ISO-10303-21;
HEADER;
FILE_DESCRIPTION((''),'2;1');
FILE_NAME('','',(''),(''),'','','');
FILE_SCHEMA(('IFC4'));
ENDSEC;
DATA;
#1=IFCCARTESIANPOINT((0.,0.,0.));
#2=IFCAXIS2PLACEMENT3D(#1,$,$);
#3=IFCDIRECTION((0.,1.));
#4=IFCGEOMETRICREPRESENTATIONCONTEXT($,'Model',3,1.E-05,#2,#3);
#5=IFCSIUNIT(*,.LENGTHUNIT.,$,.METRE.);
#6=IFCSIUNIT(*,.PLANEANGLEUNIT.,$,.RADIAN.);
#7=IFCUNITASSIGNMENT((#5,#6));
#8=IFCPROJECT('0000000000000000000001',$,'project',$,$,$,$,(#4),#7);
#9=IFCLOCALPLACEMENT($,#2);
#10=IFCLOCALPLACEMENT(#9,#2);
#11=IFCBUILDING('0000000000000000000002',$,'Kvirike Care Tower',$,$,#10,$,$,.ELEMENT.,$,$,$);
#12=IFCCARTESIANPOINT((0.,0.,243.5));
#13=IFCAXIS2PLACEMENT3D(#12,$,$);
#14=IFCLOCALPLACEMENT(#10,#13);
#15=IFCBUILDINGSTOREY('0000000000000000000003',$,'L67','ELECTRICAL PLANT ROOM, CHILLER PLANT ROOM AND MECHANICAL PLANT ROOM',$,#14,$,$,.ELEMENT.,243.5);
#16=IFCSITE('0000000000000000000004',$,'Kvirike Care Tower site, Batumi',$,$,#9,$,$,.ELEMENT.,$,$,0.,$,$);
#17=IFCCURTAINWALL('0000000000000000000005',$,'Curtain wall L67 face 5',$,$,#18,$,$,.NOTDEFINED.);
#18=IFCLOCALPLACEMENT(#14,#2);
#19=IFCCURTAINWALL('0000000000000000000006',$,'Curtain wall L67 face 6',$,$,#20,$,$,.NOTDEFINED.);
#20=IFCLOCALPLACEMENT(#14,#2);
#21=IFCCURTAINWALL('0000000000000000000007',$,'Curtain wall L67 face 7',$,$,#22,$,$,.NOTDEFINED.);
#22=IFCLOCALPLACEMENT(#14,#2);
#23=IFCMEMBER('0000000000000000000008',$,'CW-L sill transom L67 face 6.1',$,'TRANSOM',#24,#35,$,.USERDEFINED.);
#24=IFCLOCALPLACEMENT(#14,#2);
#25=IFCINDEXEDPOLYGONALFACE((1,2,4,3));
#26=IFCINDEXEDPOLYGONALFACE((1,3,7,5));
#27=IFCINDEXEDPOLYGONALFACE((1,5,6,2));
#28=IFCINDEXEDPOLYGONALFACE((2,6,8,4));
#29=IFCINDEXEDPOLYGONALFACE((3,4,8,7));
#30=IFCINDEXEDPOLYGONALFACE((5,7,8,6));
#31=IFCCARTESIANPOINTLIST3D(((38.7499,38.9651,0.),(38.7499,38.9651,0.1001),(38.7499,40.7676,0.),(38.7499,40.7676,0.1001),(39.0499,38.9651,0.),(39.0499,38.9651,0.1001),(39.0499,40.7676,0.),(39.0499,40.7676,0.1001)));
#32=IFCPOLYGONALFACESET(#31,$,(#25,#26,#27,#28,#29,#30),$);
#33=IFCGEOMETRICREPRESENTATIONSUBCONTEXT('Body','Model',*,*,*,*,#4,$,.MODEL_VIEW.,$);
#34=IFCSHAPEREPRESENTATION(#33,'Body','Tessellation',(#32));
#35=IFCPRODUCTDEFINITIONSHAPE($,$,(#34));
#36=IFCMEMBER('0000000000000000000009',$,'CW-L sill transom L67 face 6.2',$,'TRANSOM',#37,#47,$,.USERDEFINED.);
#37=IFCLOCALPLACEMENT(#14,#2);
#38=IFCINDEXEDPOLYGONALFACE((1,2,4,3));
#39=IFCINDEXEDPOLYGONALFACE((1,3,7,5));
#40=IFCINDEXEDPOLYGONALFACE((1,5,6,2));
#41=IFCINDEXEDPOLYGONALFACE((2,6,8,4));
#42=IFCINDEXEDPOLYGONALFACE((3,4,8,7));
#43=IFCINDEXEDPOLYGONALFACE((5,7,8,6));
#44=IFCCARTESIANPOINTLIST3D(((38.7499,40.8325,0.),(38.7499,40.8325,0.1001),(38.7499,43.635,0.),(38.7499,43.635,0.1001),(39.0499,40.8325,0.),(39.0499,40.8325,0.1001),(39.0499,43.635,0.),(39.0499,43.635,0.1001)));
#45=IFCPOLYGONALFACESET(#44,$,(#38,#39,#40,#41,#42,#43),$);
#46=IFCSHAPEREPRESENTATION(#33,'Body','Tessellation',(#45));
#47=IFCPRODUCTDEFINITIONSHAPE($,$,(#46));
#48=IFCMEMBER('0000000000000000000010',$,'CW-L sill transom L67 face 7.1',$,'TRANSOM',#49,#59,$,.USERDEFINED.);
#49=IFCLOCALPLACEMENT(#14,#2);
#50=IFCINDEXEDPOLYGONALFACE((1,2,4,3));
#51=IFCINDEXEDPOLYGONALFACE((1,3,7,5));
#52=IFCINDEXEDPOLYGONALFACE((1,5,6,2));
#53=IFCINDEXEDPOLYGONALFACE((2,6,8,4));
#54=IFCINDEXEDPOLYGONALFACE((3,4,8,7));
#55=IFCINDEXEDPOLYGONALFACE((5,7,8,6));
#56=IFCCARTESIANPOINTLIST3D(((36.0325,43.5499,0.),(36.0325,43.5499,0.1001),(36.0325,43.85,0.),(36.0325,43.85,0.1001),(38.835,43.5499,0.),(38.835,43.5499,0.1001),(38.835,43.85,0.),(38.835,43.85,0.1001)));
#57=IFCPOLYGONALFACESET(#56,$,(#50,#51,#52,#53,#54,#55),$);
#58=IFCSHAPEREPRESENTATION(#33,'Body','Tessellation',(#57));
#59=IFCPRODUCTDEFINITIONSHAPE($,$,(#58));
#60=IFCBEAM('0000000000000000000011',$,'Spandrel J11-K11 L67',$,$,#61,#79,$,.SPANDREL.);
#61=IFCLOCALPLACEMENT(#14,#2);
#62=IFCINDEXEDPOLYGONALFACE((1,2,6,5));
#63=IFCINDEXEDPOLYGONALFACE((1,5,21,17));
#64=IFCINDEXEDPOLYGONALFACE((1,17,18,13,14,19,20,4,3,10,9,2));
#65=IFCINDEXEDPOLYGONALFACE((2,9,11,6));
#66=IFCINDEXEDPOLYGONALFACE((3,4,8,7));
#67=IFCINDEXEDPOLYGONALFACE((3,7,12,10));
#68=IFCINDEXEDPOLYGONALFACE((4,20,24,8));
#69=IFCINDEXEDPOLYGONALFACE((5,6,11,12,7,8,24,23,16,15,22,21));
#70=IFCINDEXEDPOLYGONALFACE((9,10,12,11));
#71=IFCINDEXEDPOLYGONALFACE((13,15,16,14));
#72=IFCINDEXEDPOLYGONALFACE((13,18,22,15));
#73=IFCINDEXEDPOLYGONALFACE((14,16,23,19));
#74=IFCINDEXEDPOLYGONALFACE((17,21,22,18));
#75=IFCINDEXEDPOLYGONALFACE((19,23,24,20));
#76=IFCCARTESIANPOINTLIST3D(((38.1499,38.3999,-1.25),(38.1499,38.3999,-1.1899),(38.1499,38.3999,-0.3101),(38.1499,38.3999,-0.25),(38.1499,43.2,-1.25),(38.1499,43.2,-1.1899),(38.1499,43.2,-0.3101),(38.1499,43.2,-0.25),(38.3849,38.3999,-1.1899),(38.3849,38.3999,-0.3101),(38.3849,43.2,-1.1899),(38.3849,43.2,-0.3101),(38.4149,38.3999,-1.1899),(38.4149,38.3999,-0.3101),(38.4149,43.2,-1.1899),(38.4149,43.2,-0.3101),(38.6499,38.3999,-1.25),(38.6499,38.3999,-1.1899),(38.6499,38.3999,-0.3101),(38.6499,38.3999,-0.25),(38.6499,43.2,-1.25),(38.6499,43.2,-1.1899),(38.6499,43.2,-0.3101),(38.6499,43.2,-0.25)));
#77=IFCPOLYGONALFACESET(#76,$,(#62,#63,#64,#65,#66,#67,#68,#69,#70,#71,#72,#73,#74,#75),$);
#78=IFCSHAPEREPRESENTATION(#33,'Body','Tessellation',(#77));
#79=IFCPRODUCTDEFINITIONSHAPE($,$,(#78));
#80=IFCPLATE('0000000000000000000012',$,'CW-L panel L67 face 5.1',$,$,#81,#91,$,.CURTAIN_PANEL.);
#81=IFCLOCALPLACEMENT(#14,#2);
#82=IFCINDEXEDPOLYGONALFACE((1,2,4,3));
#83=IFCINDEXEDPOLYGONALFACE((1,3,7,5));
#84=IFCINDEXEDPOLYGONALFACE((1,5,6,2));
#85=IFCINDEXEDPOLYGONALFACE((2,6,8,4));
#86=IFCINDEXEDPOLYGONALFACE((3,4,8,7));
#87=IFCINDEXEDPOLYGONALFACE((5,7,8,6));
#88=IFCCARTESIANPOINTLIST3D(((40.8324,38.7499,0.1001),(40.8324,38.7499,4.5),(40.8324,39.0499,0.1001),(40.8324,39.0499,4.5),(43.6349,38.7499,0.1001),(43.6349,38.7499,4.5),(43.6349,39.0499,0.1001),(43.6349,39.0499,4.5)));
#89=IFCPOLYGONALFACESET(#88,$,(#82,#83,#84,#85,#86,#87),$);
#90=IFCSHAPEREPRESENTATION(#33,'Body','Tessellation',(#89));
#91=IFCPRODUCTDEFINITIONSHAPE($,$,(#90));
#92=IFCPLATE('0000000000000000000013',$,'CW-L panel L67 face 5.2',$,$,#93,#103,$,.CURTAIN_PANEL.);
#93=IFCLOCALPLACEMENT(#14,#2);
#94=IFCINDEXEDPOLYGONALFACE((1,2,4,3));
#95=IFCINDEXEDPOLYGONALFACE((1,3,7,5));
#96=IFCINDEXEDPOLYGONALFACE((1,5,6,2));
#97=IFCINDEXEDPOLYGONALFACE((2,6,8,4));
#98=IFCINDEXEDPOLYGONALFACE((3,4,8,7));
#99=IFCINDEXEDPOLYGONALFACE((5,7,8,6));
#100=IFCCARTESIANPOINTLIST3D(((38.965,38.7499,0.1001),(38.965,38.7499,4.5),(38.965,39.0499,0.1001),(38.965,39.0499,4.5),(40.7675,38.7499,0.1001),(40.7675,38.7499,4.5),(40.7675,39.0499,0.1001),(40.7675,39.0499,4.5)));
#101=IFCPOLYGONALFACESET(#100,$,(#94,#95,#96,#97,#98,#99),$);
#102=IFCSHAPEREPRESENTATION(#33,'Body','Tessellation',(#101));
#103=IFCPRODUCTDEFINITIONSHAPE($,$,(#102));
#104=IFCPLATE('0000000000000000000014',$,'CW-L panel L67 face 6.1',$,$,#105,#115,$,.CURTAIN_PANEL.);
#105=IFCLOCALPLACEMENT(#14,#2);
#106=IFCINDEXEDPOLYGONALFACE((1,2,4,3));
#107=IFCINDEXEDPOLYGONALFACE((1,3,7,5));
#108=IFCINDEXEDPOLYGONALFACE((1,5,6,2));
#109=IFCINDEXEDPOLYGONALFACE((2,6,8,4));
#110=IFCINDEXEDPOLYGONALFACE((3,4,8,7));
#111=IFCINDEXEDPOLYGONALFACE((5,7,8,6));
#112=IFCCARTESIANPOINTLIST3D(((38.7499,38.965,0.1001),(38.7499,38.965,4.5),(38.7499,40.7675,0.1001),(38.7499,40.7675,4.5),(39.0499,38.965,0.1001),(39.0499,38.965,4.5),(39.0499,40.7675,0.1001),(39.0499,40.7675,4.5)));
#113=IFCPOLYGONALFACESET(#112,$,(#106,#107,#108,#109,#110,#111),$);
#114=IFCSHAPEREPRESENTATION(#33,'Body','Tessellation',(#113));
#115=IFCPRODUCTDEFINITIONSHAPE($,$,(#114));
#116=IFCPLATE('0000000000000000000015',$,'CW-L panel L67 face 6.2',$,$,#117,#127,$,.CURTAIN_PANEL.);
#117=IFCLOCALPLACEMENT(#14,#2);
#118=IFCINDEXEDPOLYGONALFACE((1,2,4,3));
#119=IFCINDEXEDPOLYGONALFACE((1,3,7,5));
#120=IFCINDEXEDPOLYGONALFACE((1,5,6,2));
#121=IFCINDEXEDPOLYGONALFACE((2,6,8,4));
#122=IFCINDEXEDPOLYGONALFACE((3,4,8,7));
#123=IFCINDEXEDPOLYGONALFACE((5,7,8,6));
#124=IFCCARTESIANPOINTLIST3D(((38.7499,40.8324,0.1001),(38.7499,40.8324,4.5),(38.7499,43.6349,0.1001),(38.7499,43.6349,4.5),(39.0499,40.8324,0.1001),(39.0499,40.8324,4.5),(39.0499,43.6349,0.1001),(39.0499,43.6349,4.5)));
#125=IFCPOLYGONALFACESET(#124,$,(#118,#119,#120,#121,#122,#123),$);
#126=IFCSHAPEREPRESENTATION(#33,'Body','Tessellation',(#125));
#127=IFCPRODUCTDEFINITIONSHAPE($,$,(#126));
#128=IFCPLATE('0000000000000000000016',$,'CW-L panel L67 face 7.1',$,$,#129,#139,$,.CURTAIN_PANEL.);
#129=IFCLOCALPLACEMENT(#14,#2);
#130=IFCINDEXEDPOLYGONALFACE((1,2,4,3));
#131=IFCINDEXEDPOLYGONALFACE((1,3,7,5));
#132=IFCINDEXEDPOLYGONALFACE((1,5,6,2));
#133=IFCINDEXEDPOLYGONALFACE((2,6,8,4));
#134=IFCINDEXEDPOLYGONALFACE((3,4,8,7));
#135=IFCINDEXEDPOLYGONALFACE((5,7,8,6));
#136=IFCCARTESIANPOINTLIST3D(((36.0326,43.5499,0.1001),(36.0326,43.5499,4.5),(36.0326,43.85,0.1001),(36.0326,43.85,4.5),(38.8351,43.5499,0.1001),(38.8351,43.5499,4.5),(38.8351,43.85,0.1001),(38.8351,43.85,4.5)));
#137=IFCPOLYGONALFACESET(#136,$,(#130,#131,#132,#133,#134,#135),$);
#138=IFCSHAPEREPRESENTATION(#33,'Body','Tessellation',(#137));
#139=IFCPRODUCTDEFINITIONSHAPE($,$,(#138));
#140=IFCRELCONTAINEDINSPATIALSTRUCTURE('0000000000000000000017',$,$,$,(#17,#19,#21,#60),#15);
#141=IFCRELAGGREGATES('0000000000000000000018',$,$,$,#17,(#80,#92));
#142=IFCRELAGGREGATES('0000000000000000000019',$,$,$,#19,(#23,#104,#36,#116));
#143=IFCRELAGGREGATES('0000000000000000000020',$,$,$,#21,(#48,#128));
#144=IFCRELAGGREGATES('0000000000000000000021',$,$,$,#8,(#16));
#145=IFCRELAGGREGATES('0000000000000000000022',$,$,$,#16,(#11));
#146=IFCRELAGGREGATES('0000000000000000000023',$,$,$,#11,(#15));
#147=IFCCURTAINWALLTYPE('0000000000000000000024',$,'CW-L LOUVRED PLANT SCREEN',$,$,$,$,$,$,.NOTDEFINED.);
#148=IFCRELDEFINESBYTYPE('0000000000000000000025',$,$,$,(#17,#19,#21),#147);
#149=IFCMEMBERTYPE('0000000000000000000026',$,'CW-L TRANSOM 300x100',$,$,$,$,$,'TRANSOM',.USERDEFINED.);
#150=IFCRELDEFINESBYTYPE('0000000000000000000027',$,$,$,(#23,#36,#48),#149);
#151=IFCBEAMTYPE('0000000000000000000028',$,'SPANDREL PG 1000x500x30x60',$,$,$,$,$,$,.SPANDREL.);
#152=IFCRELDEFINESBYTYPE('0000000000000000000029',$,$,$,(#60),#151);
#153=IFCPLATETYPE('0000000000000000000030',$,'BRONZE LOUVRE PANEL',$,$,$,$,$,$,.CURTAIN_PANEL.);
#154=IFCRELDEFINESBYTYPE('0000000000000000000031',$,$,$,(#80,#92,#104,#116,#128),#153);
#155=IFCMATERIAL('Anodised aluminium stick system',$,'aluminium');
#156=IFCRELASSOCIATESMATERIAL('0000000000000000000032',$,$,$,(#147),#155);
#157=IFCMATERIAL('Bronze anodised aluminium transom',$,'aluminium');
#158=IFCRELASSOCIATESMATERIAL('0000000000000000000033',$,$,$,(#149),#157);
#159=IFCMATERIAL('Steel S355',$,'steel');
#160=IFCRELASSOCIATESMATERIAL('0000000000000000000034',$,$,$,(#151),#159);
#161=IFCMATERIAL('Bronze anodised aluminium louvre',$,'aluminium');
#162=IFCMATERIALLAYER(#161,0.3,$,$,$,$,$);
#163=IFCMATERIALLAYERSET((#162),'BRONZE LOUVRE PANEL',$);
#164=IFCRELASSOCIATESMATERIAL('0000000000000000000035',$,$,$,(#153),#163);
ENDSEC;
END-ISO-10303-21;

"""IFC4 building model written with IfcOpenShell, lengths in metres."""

from ifc_helpers import new_model, si_unit, direction, frame, origin, origin_2d, place, context, subcontext, project, spatial, rectangle, i_section, extrude, material, layer, layer_set, material_profile, profile_set, type_object, element, aggregate, save


model = new_model("IFC4")

# Units and contexts
model_context = context("Model", 3, precision=1e-05, world=origin(), true_north=direction((0.0, 1.0)))
body_context = subcontext(model_context, "Body", "Model", "MODEL_VIEW")
ifc_project = project(units=[si_unit("LENGTHUNIT", "METRE"), si_unit("PLANEANGLEUNIT", "RADIAN")], contexts=[model_context])

# Site, building, storey
site_placement = place(None, origin())
site = spatial("IfcSite", under=ifc_project, at=site_placement, Name="Kvirike Care Tower site, Batumi", CompositionType="ELEMENT", RefElevation=0.0)
building_placement = place(site_placement, origin())
building = spatial("IfcBuilding", under=site, at=building_placement, Name="Kvirike Care Tower", CompositionType="ELEMENT")
storey_placement = place(building_placement, frame((0.0, 0.0, 243.5)))
storey = spatial("IfcBuildingStorey", under=building, at=storey_placement, Name="L67", Description="ELECTRICAL PLANT ROOM, CHILLER PLANT ROOM AND MECHANICAL PLANT ROOM", CompositionType="ELEMENT", Elevation=243.5)

# Curtain walls
ifc_material_1 = material(Name="Anodised aluminium stick system", Category="aluminium")
curtain_wall_type = type_object("IfcCurtainWallType", Name="CW-L LOUVRED PLANT SCREEN", PredefinedType="NOTDEFINED", material=ifc_material_1)
curtain_wall_1_placement = place(storey_placement, origin())
curtain_wall_1 = element("IfcCurtainWall", 1, at=curtain_wall_1_placement, inside=storey, type_object=curtain_wall_type, Name="Curtain wall L67 face 5", PredefinedType="NOTDEFINED")
curtain_wall_2_placement = place(storey_placement, origin())
curtain_wall_2 = element("IfcCurtainWall", 2, at=curtain_wall_2_placement, inside=storey, type_object=curtain_wall_type, Name="Curtain wall L67 face 6", PredefinedType="NOTDEFINED")

# Curtain wall
curtain_wall_3_placement = place(storey_placement, origin())
curtain_wall_3 = element("IfcCurtainWall", 3, at=curtain_wall_3_placement, inside=storey, type_object=curtain_wall_type, Name="Curtain wall L67 face 7", PredefinedType="NOTDEFINED")

# Members
ifc_material_2 = material(Name="Bronze anodised aluminium transom", Category="aluminium")
ifc_material_profile_1 = material_profile(ifc_material_2, rectangle(XDim=0.3, YDim=0.1001, at=origin_2d()), Name="CW-L TRANSOM 300x100")
ifc_profile_set_1 = profile_set([ifc_material_profile_1], Name="Bronze anodised aluminium transom")
member_type_1 = type_object("IfcMemberType", Name="CW-L TRANSOM 300x100", ElementType="TRANSOM", PredefinedType="USERDEFINED", material=ifc_profile_set_1)
member_1_placement = place(storey_placement, frame((38.8999, 38.9651, 0.05), z_axis=(0.0, 1.0, 0.0), x_axis=(-1.0, 0.0, 0.0)))
member_1 = element("IfcMember", 4, at=member_1_placement, type_object=member_type_1, Name="CW-L sill transom L67 face 6.1", ObjectType="TRANSOM", PredefinedType="USERDEFINED", context=body_context, shape_type="SweptSolid", body=[
    extrude(rectangle(XDim=0.3, YDim=0.1001, at=origin_2d()), origin(), (0.0, 0.0, 1.0), 1.8025),
])
member_2_placement = place(storey_placement, frame((38.8999, 40.8325, 0.05), z_axis=(0.0, 1.0, 0.0), x_axis=(-1.0, 0.0, 0.0)))
member_2 = element("IfcMember", 5, at=member_2_placement, type_object=member_type_1, Name="CW-L sill transom L67 face 6.2", ObjectType="TRANSOM", PredefinedType="USERDEFINED", context=body_context, shape_type="SweptSolid", body=[
    extrude(rectangle(XDim=0.3, YDim=0.1001, at=origin_2d()), origin(), (0.0, 0.0, 1.0), 2.8025),
])
member_3_placement = place(storey_placement, frame((38.835, 43.7, 0.05), z_axis=(-1.0, 0.0, 0.0), x_axis=(0.0, -1.0, 0.0)))
member_3 = element("IfcMember", 6, at=member_3_placement, type_object=member_type_1, Name="CW-L sill transom L67 face 7.1", ObjectType="TRANSOM", PredefinedType="USERDEFINED", context=body_context, shape_type="SweptSolid", body=[
    extrude(rectangle(XDim=0.3, YDim=0.1001, at=origin_2d()), origin(), (0.0, 0.0, 1.0), 2.8025),
])

# Beam
ifc_material_3 = material(Name="Steel S355", Category="steel")
ifc_material_profile_2 = material_profile(ifc_material_3, i_section(OverallWidth=0.5, OverallDepth=1.0, WebThickness=0.03, FlangeThickness=0.0601, at=origin_2d()), Name="PG 1000x500x30x60")
ifc_profile_set_2 = profile_set([ifc_material_profile_2], Name="Steel S355")
beam_type = type_object("IfcBeamType", Name="SPANDREL PG 1000x500x30x60", PredefinedType="SPANDREL", material=ifc_profile_set_2)
beam_placement = place(storey_placement, frame((38.3999, 38.3999, -0.75), z_axis=(0.0, 1.0, 0.0), x_axis=(-1.0, 0.0, 0.0)))
element("IfcBeam", 7, at=beam_placement, inside=storey, type_object=beam_type, Name="Spandrel J11-K11 L67", PredefinedType="SPANDREL", context=body_context, shape_type="SweptSolid", body=[
    extrude(i_section(OverallWidth=0.5, OverallDepth=1.0, WebThickness=0.03, FlangeThickness=0.0601, at=origin_2d()), origin(), (0.0, 0.0, 1.0), 4.8),
])

# Plates
ifc_material_4 = material(Name="Bronze anodised aluminium louvre", Category="aluminium")
ifc_layer = layer(ifc_material_4, 0.3)
ifc_layer_set = layer_set([ifc_layer], Name="BRONZE LOUVRE PANEL")
plate_type = type_object("IfcPlateType", Name="BRONZE LOUVRE PANEL", PredefinedType="CURTAIN_PANEL", material=ifc_layer_set)
plate_1_placement = place(storey_placement, frame((42.2336, 38.8999, 0.1001), z_axis=(0.0, 0.0, 1.0), x_axis=(-1.0, 0.0, 0.0)))
plate_1 = element("IfcPlate", 8, at=plate_1_placement, type_object=plate_type, Name="CW-L panel L67 face 5.1", PredefinedType="CURTAIN_PANEL", context=body_context, shape_type="SweptSolid", body=[
    extrude(rectangle(XDim=2.8025, YDim=0.3, at=origin_2d()), origin(), (0.0, 0.0, 1.0), 4.3999),
])
plate_2_placement = place(storey_placement, frame((39.8662, 38.8999, 0.1001), z_axis=(0.0, 0.0, 1.0), x_axis=(-1.0, 0.0, 0.0)))
plate_2 = element("IfcPlate", 9, at=plate_2_placement, type_object=plate_type, Name="CW-L panel L67 face 5.2", PredefinedType="CURTAIN_PANEL", context=body_context, shape_type="SweptSolid", body=[
    extrude(rectangle(XDim=1.8025, YDim=0.3, at=origin_2d()), origin(), (0.0, 0.0, 1.0), 4.3999),
])
aggregate(curtain_wall_1, [plate_1, plate_2])
plate_3_placement = place(storey_placement, frame((38.8999, 39.8662, 0.1001), z_axis=(0.0, 0.0, 1.0), x_axis=(0.0, 1.0, 0.0)))
plate_3 = element("IfcPlate", 10, at=plate_3_placement, type_object=plate_type, Name="CW-L panel L67 face 6.1", PredefinedType="CURTAIN_PANEL", context=body_context, shape_type="SweptSolid", body=[
    extrude(rectangle(XDim=1.8025, YDim=0.3, at=origin_2d()), origin(), (0.0, 0.0, 1.0), 4.3999),
])
plate_4_placement = place(storey_placement, frame((38.8999, 42.2336, 0.1001), z_axis=(0.0, 0.0, 1.0), x_axis=(0.0, 1.0, 0.0)))
plate_4 = element("IfcPlate", 11, at=plate_4_placement, type_object=plate_type, Name="CW-L panel L67 face 6.2", PredefinedType="CURTAIN_PANEL", context=body_context, shape_type="SweptSolid", body=[
    extrude(rectangle(XDim=2.8025, YDim=0.3, at=origin_2d()), origin(), (0.0, 0.0, 1.0), 4.3999),
])
aggregate(curtain_wall_2, [member_1, plate_3, member_2, plate_4])
plate_5_placement = place(storey_placement, frame((37.4338, 43.7, 0.1001), z_axis=(0.0, 0.0, 1.0), x_axis=(-1.0, 0.0, 0.0)))
plate_5 = element("IfcPlate", 12, at=plate_5_placement, type_object=plate_type, Name="CW-L panel L67 face 7.1", PredefinedType="CURTAIN_PANEL", context=body_context, shape_type="SweptSolid", body=[
    extrude(rectangle(XDim=2.8025, YDim=0.3, at=origin_2d()), origin(), (0.0, 0.0, 1.0), 4.3999),
])
aggregate(curtain_wall_3, [member_3, plate_5])

save(model, "model.ifc")
